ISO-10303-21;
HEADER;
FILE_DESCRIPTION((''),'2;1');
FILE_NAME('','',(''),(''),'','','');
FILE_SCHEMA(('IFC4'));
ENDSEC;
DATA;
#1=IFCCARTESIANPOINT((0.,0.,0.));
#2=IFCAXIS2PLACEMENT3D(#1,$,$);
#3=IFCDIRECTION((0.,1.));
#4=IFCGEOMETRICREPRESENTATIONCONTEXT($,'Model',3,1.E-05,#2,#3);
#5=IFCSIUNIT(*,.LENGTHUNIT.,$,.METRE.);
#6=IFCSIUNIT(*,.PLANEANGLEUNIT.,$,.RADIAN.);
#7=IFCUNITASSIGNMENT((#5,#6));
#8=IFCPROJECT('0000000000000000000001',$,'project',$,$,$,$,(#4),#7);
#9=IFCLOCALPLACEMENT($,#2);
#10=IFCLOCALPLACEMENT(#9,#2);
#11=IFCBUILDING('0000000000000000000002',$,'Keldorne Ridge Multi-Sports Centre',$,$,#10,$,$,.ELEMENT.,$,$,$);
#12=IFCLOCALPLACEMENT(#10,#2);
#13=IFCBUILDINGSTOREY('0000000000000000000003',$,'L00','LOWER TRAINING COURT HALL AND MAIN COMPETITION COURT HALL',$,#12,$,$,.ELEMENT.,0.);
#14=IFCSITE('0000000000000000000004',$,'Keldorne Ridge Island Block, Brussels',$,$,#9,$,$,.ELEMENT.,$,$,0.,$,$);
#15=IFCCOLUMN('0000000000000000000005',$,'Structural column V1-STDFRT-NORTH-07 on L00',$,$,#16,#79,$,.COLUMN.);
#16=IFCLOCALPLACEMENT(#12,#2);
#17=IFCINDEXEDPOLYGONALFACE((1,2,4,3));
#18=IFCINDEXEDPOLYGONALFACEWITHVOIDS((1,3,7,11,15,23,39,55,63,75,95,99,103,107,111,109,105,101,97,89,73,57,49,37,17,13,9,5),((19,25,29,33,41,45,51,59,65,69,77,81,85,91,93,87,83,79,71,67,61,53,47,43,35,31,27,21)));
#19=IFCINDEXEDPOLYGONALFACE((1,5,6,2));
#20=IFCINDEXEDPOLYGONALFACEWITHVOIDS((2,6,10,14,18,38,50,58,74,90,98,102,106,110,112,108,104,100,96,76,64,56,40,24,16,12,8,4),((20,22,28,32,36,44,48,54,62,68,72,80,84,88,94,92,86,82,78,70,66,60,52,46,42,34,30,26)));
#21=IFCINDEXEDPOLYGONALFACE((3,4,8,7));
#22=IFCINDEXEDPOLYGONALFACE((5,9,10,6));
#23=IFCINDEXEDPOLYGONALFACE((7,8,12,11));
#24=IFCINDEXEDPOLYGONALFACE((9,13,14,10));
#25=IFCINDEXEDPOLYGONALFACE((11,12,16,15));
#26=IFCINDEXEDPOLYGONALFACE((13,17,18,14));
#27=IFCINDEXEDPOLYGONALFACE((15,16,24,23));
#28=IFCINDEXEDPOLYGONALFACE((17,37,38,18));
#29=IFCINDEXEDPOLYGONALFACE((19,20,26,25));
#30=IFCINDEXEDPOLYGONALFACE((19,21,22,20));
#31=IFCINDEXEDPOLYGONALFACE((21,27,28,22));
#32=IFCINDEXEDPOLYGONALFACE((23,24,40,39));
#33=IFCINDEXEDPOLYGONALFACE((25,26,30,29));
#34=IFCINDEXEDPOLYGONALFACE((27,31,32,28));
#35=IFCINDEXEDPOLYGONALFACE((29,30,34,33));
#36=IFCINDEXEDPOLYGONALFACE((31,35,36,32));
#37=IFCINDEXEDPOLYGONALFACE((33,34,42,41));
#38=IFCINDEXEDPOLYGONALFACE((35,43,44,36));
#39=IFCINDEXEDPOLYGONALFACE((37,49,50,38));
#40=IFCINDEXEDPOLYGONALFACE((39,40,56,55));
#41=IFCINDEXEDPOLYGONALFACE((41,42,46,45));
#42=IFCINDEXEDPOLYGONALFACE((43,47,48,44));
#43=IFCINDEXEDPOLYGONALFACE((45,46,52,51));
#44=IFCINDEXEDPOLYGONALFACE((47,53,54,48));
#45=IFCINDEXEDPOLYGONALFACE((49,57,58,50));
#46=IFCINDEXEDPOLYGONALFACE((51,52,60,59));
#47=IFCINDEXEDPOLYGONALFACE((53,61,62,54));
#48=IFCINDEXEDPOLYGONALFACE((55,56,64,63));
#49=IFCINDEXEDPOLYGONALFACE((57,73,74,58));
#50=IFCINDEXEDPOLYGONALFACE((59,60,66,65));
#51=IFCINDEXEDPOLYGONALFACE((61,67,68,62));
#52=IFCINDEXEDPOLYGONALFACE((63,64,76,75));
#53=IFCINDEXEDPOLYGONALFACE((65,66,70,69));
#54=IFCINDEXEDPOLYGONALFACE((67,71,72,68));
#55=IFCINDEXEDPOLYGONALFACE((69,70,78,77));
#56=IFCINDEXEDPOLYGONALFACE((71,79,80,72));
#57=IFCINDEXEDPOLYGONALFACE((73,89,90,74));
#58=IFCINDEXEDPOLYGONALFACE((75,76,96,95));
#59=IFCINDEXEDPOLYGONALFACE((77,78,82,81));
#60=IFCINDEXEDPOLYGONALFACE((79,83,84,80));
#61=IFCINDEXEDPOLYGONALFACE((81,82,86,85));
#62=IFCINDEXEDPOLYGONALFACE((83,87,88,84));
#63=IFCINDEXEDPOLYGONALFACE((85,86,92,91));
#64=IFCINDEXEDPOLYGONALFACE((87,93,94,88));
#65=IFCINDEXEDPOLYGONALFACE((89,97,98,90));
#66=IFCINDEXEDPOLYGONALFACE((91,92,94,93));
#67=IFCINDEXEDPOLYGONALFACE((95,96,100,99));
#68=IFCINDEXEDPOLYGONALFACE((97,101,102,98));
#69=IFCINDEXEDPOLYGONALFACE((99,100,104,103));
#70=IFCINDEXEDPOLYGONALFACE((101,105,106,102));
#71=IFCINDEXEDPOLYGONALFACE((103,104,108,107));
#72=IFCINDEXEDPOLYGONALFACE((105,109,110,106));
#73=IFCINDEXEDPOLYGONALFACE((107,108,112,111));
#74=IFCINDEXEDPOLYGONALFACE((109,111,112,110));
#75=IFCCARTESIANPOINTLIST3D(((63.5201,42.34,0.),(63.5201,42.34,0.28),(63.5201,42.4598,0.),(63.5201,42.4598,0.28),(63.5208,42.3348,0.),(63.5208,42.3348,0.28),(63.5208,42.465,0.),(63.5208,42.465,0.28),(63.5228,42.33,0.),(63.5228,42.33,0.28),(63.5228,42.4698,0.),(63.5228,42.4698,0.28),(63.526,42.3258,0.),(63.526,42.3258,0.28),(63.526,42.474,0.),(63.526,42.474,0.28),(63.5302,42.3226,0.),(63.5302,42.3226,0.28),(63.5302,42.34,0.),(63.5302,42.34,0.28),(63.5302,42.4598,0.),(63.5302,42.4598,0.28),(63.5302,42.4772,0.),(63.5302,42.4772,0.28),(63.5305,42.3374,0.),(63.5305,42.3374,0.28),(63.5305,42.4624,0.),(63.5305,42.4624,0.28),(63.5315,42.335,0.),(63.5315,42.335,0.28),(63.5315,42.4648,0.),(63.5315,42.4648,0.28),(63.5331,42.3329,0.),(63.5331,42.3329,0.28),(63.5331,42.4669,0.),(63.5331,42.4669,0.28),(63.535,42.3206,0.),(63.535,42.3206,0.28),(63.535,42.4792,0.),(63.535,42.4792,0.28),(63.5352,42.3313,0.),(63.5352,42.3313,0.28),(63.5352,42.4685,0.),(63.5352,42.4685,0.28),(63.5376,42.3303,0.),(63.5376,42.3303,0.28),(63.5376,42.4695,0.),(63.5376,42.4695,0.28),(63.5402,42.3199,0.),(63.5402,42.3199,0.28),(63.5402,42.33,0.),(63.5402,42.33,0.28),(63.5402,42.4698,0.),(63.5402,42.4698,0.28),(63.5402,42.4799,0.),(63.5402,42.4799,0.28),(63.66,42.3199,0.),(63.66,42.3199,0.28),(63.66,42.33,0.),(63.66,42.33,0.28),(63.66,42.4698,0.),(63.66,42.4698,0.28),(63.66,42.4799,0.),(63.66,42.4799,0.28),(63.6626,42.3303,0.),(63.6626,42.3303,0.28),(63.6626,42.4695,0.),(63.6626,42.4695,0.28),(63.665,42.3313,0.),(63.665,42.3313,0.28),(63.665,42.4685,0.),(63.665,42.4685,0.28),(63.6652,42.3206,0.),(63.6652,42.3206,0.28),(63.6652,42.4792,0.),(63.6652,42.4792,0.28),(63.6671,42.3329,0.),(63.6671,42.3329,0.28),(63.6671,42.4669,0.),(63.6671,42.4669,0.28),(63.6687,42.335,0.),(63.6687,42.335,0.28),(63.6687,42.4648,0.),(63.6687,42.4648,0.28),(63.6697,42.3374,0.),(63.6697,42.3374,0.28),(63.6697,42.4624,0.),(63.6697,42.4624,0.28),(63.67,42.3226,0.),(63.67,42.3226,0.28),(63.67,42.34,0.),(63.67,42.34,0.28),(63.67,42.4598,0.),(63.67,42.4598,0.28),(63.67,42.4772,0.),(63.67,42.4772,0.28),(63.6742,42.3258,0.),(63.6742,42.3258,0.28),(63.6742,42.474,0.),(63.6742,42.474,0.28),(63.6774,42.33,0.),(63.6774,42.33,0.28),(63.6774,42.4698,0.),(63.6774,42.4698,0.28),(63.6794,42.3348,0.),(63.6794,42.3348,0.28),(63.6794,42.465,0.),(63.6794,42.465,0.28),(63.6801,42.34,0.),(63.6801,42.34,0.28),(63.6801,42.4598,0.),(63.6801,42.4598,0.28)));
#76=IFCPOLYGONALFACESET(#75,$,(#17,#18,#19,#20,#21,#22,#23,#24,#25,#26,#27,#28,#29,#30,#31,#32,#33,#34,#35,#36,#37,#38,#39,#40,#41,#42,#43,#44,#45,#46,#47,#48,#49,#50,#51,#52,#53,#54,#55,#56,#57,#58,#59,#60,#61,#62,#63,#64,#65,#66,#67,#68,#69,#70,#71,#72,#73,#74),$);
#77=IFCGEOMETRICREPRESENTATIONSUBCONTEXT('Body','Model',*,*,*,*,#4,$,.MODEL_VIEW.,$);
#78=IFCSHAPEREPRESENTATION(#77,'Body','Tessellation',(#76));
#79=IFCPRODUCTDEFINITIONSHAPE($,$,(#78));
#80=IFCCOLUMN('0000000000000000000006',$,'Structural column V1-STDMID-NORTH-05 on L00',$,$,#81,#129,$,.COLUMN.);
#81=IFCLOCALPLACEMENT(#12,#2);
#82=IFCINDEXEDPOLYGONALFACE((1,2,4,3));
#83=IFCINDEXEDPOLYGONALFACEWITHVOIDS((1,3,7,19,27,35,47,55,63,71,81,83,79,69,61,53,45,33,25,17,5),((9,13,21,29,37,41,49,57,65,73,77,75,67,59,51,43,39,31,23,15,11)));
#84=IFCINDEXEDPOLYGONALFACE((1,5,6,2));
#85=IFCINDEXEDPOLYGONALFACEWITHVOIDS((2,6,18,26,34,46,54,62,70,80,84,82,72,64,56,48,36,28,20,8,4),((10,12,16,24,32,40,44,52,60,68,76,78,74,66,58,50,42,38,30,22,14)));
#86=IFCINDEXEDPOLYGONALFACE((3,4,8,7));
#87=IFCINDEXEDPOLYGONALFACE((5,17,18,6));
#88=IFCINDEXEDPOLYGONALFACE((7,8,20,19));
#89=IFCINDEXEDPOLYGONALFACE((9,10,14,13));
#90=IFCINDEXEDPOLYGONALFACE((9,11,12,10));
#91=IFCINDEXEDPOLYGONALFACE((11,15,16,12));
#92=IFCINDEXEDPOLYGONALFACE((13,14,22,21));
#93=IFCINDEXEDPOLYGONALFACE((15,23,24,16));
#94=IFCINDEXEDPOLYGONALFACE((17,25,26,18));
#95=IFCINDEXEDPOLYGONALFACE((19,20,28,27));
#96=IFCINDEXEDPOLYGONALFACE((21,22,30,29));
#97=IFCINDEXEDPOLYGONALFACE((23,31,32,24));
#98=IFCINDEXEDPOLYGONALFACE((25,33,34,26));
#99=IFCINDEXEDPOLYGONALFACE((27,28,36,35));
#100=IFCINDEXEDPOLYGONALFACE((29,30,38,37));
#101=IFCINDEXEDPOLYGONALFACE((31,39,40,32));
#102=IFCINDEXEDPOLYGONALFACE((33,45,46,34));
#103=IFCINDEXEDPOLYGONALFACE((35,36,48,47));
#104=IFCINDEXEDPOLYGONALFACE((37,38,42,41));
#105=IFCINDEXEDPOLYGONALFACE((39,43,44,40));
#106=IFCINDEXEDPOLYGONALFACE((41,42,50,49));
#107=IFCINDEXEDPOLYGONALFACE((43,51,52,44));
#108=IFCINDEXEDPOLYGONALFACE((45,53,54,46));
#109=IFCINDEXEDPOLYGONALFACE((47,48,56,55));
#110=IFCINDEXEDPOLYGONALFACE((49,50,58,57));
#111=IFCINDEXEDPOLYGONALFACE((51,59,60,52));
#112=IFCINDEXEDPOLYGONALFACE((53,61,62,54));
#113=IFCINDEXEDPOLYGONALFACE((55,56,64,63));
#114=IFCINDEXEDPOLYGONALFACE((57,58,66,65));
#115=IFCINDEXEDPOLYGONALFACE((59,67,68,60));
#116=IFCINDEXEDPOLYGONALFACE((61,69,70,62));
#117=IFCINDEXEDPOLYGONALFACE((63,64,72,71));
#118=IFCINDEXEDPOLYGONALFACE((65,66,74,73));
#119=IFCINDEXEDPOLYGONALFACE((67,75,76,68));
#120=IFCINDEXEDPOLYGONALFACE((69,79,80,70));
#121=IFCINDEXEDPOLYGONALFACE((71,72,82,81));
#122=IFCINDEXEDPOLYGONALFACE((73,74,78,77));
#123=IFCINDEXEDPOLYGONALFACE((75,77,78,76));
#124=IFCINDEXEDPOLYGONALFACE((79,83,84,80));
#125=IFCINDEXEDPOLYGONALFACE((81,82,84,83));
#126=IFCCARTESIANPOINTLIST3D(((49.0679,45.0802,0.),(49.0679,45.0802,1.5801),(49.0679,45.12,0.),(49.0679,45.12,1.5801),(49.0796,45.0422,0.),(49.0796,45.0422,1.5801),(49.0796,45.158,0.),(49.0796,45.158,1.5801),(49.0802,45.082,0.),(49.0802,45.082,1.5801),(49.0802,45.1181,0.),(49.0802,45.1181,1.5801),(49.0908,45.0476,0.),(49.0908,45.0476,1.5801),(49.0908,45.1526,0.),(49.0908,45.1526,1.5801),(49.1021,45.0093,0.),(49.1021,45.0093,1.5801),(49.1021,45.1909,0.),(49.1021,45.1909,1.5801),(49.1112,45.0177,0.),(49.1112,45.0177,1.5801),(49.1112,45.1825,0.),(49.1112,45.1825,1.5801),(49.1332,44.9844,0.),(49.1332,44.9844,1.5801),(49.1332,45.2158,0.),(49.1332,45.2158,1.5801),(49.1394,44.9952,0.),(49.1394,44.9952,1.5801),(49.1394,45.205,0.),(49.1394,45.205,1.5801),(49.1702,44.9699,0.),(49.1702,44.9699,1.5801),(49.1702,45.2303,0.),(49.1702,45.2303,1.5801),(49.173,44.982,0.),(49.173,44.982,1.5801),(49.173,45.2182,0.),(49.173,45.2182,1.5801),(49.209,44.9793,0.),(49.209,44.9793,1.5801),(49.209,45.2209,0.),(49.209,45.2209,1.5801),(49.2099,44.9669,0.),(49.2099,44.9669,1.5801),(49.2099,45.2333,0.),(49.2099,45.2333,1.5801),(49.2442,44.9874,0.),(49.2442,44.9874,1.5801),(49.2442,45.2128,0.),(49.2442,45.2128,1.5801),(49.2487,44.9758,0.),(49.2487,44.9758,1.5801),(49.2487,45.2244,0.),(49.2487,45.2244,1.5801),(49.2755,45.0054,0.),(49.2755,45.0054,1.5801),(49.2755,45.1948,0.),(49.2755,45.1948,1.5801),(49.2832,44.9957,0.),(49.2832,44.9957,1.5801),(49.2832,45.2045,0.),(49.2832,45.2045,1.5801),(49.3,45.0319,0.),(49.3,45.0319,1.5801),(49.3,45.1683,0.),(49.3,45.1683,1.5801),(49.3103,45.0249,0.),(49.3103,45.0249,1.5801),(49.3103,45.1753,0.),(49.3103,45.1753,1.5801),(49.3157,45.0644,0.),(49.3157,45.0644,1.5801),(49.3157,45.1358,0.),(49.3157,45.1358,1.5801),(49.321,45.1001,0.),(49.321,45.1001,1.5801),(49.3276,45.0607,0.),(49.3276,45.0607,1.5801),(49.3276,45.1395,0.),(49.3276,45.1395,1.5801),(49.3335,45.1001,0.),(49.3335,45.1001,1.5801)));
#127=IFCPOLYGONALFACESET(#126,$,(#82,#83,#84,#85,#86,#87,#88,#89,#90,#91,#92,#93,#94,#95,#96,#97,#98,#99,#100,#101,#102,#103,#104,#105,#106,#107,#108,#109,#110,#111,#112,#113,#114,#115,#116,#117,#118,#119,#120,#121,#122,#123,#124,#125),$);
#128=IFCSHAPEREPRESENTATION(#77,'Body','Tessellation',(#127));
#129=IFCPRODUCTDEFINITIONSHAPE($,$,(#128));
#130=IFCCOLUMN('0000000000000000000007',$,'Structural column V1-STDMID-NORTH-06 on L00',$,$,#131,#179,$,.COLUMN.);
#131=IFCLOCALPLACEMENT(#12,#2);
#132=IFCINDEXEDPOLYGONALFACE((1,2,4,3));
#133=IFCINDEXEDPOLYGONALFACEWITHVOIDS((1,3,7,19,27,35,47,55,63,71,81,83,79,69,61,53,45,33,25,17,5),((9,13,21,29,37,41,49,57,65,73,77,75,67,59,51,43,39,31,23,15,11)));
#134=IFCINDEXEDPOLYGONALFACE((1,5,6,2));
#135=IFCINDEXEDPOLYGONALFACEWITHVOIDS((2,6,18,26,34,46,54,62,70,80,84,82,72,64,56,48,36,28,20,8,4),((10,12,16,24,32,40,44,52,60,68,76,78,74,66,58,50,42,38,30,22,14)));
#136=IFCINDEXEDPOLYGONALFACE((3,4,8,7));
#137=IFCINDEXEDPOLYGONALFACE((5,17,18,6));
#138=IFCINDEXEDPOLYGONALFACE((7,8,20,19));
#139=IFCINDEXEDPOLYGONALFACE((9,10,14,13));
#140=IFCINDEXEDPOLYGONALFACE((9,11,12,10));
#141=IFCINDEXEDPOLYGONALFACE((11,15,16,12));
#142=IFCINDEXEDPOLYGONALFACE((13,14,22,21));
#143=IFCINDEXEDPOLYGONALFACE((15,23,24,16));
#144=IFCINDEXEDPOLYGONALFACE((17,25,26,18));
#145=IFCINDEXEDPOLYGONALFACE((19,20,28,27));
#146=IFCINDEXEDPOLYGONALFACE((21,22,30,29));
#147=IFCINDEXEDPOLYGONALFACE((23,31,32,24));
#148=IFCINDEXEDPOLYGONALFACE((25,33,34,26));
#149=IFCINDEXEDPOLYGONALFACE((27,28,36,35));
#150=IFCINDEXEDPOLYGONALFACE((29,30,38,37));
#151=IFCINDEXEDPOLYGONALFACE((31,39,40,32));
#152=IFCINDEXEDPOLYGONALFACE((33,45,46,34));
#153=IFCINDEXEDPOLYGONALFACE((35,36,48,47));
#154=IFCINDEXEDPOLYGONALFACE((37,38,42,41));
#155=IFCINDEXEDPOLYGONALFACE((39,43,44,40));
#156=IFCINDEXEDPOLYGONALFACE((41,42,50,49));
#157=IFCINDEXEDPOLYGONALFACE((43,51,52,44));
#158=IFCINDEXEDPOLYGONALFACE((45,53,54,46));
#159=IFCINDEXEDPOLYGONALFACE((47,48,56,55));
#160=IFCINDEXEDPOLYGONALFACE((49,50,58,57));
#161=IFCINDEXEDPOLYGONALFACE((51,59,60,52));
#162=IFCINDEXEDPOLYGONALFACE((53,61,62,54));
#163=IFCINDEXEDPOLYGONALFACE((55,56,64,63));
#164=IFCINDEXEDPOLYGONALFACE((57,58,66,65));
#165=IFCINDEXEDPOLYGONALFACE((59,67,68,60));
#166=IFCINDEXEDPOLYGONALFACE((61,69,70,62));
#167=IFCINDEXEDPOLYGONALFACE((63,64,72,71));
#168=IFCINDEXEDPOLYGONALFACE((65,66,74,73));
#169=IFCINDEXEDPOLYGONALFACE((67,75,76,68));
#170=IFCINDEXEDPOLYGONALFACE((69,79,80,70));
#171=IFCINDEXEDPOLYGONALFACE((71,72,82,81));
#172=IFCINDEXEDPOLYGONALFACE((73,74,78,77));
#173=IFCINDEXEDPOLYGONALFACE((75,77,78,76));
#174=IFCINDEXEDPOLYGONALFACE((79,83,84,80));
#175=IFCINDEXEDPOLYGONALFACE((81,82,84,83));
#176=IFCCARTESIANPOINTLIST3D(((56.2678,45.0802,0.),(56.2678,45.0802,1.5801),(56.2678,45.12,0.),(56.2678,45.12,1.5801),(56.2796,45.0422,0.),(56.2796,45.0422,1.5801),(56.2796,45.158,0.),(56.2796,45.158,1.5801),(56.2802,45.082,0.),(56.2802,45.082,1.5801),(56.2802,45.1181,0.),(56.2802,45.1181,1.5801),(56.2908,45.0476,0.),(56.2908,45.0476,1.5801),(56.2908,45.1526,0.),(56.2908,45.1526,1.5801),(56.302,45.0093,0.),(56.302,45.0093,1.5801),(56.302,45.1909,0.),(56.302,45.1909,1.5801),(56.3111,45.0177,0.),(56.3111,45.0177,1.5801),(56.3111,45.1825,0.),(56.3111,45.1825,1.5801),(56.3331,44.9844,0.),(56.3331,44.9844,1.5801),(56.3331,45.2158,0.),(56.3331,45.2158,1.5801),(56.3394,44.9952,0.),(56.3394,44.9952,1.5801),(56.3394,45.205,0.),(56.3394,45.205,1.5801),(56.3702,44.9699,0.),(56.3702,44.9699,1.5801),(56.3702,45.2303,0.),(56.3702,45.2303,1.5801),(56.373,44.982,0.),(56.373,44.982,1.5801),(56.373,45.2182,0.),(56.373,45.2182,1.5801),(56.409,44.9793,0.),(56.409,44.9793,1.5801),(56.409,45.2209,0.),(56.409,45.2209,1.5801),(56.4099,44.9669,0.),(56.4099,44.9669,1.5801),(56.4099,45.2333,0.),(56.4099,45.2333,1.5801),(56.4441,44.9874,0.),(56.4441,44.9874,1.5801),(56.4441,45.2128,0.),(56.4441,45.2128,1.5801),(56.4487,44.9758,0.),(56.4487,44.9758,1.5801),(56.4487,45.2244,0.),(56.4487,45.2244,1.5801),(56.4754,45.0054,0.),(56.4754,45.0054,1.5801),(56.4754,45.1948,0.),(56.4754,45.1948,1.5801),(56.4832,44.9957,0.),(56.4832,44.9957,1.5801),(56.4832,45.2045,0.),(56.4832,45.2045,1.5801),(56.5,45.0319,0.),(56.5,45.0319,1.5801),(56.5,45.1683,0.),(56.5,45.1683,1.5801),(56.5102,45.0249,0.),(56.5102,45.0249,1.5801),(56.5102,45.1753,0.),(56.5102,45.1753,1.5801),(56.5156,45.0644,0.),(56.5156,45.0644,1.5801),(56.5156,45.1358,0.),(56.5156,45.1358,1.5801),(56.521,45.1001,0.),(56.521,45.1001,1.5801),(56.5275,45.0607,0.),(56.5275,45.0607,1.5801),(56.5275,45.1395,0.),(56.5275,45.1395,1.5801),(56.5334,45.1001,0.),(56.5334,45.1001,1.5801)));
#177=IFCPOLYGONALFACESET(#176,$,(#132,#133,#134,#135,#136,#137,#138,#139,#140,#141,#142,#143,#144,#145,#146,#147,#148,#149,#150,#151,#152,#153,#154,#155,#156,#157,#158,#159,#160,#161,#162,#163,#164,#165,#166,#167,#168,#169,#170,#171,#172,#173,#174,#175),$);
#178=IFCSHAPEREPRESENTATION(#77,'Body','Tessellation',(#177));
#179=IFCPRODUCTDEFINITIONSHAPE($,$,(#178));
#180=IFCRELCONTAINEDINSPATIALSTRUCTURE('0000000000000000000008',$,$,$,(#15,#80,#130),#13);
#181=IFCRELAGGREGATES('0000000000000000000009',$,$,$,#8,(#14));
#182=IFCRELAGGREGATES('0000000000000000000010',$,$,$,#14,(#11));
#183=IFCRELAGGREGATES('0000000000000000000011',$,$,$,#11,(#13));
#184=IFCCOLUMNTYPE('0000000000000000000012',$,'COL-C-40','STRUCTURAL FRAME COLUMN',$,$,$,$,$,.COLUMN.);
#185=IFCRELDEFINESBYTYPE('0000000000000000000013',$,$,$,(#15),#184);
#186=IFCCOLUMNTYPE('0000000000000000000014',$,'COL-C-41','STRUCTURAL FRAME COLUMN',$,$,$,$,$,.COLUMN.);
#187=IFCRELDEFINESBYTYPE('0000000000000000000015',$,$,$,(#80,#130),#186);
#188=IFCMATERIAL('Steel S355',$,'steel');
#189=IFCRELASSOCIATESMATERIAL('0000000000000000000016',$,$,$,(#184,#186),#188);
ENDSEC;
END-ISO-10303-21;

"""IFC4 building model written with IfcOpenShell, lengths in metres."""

from ifc_helpers import new_model, si_unit, direction, frame, origin, origin_2d, place, context, subcontext, project, spatial, hollow_rectangle, hollow_circle, extrude, material, material_profile, profile_set, type_object, element, save


model = new_model("IFC4")

# Units and contexts
model_context = context("Model", 3, precision=1e-05, world=origin(), true_north=direction((0.0, 1.0)))
body_context = subcontext(model_context, "Body", "Model", "MODEL_VIEW")
ifc_project = project(units=[si_unit("LENGTHUNIT", "METRE"), si_unit("PLANEANGLEUNIT", "RADIAN")], contexts=[model_context])

# Site, building, storey
site_placement = place(None, origin())
site = spatial("IfcSite", under=ifc_project, at=site_placement, Name="Keldorne Ridge Island Block, Brussels", CompositionType="ELEMENT", RefElevation=0.0)
building_placement = place(site_placement, origin())
building = spatial("IfcBuilding", under=site, at=building_placement, Name="Keldorne Ridge Multi-Sports Centre", CompositionType="ELEMENT")
storey_placement = place(building_placement, origin())
storey = spatial("IfcBuildingStorey", under=building, at=storey_placement, Name="L00", Description="LOWER TRAINING COURT HALL AND MAIN COMPETITION COURT HALL", CompositionType="ELEMENT", Elevation=0.0)

# Columns
ifc_material_1 = material(Name="Steel S355", Category="steel")
ifc_material_profile_1 = material_profile(ifc_material_1, hollow_rectangle(XDim=0.1599, YDim=0.1599, WallThickness=0.01, InnerFilletRadius=0.01, OuterFilletRadius=0.02, at=origin_2d()), Name="SHS 160x160x10")
ifc_profile_set_1 = profile_set([ifc_material_profile_1], Name="Steel S355")
column_type_1 = type_object("IfcColumnType", Name="COL-C-40", Description="STRUCTURAL FRAME COLUMN", PredefinedType="COLUMN", material=ifc_profile_set_1)
for number, where, z_axis, x_axis, name in (
    (1, (63.6001, 42.3999, 0.0), (0.0, 0.0, 1.0), (1.0, 0.0, 0.0), "Structural column V1-STDFRT-NORTH-07 on L00"),
):
    element("IfcColumn", number, at=place(storey_placement, frame(where, z_axis=z_axis, x_axis=x_axis)), inside=storey, type_object=column_type_1, Name=name, PredefinedType="COLUMN", context=body_context, shape_type="SweptSolid", body=[
        extrude(hollow_rectangle(XDim=0.1599, YDim=0.1599, WallThickness=0.01, InnerFilletRadius=0.01, OuterFilletRadius=0.02, at=origin_2d()), origin(), (0.0, 0.0, 1.0), 0.28),
    ])
ifc_material_profile_2 = material_profile(ifc_material_1, hollow_circle(Radius=0.1335, WallThickness=0.0125, at=origin_2d()), Name="CHS 267x12.5")
ifc_profile_set_2 = profile_set([ifc_material_profile_2], Name="Steel S355")
column_type_2 = type_object("IfcColumnType", Name="COL-C-41", Description="STRUCTURAL FRAME COLUMN", PredefinedType="COLUMN", material=ifc_profile_set_2)
for number, where, z_axis, x_axis, name in (
    (2, (49.2, 45.1001, 0.0), (0.0, 0.0, 1.0), (1.0, 0.0, 0.0), "Structural column V1-STDMID-NORTH-05 on L00"),
    (3, (56.3999, 45.1001, 0.0), (0.0, 0.0, 1.0), (1.0, 0.0, 0.0), "Structural column V1-STDMID-NORTH-06 on L00"),
):
    element("IfcColumn", number, at=place(storey_placement, frame(where, z_axis=z_axis, x_axis=x_axis)), inside=storey, type_object=column_type_2, Name=name, PredefinedType="COLUMN", context=body_context, shape_type="SweptSolid", body=[
        extrude(hollow_circle(Radius=0.1335, WallThickness=0.0125, at=origin_2d()), origin(), (0.0, 0.0, 1.0), 1.5801),
    ])

save(model, "model.ifc")
